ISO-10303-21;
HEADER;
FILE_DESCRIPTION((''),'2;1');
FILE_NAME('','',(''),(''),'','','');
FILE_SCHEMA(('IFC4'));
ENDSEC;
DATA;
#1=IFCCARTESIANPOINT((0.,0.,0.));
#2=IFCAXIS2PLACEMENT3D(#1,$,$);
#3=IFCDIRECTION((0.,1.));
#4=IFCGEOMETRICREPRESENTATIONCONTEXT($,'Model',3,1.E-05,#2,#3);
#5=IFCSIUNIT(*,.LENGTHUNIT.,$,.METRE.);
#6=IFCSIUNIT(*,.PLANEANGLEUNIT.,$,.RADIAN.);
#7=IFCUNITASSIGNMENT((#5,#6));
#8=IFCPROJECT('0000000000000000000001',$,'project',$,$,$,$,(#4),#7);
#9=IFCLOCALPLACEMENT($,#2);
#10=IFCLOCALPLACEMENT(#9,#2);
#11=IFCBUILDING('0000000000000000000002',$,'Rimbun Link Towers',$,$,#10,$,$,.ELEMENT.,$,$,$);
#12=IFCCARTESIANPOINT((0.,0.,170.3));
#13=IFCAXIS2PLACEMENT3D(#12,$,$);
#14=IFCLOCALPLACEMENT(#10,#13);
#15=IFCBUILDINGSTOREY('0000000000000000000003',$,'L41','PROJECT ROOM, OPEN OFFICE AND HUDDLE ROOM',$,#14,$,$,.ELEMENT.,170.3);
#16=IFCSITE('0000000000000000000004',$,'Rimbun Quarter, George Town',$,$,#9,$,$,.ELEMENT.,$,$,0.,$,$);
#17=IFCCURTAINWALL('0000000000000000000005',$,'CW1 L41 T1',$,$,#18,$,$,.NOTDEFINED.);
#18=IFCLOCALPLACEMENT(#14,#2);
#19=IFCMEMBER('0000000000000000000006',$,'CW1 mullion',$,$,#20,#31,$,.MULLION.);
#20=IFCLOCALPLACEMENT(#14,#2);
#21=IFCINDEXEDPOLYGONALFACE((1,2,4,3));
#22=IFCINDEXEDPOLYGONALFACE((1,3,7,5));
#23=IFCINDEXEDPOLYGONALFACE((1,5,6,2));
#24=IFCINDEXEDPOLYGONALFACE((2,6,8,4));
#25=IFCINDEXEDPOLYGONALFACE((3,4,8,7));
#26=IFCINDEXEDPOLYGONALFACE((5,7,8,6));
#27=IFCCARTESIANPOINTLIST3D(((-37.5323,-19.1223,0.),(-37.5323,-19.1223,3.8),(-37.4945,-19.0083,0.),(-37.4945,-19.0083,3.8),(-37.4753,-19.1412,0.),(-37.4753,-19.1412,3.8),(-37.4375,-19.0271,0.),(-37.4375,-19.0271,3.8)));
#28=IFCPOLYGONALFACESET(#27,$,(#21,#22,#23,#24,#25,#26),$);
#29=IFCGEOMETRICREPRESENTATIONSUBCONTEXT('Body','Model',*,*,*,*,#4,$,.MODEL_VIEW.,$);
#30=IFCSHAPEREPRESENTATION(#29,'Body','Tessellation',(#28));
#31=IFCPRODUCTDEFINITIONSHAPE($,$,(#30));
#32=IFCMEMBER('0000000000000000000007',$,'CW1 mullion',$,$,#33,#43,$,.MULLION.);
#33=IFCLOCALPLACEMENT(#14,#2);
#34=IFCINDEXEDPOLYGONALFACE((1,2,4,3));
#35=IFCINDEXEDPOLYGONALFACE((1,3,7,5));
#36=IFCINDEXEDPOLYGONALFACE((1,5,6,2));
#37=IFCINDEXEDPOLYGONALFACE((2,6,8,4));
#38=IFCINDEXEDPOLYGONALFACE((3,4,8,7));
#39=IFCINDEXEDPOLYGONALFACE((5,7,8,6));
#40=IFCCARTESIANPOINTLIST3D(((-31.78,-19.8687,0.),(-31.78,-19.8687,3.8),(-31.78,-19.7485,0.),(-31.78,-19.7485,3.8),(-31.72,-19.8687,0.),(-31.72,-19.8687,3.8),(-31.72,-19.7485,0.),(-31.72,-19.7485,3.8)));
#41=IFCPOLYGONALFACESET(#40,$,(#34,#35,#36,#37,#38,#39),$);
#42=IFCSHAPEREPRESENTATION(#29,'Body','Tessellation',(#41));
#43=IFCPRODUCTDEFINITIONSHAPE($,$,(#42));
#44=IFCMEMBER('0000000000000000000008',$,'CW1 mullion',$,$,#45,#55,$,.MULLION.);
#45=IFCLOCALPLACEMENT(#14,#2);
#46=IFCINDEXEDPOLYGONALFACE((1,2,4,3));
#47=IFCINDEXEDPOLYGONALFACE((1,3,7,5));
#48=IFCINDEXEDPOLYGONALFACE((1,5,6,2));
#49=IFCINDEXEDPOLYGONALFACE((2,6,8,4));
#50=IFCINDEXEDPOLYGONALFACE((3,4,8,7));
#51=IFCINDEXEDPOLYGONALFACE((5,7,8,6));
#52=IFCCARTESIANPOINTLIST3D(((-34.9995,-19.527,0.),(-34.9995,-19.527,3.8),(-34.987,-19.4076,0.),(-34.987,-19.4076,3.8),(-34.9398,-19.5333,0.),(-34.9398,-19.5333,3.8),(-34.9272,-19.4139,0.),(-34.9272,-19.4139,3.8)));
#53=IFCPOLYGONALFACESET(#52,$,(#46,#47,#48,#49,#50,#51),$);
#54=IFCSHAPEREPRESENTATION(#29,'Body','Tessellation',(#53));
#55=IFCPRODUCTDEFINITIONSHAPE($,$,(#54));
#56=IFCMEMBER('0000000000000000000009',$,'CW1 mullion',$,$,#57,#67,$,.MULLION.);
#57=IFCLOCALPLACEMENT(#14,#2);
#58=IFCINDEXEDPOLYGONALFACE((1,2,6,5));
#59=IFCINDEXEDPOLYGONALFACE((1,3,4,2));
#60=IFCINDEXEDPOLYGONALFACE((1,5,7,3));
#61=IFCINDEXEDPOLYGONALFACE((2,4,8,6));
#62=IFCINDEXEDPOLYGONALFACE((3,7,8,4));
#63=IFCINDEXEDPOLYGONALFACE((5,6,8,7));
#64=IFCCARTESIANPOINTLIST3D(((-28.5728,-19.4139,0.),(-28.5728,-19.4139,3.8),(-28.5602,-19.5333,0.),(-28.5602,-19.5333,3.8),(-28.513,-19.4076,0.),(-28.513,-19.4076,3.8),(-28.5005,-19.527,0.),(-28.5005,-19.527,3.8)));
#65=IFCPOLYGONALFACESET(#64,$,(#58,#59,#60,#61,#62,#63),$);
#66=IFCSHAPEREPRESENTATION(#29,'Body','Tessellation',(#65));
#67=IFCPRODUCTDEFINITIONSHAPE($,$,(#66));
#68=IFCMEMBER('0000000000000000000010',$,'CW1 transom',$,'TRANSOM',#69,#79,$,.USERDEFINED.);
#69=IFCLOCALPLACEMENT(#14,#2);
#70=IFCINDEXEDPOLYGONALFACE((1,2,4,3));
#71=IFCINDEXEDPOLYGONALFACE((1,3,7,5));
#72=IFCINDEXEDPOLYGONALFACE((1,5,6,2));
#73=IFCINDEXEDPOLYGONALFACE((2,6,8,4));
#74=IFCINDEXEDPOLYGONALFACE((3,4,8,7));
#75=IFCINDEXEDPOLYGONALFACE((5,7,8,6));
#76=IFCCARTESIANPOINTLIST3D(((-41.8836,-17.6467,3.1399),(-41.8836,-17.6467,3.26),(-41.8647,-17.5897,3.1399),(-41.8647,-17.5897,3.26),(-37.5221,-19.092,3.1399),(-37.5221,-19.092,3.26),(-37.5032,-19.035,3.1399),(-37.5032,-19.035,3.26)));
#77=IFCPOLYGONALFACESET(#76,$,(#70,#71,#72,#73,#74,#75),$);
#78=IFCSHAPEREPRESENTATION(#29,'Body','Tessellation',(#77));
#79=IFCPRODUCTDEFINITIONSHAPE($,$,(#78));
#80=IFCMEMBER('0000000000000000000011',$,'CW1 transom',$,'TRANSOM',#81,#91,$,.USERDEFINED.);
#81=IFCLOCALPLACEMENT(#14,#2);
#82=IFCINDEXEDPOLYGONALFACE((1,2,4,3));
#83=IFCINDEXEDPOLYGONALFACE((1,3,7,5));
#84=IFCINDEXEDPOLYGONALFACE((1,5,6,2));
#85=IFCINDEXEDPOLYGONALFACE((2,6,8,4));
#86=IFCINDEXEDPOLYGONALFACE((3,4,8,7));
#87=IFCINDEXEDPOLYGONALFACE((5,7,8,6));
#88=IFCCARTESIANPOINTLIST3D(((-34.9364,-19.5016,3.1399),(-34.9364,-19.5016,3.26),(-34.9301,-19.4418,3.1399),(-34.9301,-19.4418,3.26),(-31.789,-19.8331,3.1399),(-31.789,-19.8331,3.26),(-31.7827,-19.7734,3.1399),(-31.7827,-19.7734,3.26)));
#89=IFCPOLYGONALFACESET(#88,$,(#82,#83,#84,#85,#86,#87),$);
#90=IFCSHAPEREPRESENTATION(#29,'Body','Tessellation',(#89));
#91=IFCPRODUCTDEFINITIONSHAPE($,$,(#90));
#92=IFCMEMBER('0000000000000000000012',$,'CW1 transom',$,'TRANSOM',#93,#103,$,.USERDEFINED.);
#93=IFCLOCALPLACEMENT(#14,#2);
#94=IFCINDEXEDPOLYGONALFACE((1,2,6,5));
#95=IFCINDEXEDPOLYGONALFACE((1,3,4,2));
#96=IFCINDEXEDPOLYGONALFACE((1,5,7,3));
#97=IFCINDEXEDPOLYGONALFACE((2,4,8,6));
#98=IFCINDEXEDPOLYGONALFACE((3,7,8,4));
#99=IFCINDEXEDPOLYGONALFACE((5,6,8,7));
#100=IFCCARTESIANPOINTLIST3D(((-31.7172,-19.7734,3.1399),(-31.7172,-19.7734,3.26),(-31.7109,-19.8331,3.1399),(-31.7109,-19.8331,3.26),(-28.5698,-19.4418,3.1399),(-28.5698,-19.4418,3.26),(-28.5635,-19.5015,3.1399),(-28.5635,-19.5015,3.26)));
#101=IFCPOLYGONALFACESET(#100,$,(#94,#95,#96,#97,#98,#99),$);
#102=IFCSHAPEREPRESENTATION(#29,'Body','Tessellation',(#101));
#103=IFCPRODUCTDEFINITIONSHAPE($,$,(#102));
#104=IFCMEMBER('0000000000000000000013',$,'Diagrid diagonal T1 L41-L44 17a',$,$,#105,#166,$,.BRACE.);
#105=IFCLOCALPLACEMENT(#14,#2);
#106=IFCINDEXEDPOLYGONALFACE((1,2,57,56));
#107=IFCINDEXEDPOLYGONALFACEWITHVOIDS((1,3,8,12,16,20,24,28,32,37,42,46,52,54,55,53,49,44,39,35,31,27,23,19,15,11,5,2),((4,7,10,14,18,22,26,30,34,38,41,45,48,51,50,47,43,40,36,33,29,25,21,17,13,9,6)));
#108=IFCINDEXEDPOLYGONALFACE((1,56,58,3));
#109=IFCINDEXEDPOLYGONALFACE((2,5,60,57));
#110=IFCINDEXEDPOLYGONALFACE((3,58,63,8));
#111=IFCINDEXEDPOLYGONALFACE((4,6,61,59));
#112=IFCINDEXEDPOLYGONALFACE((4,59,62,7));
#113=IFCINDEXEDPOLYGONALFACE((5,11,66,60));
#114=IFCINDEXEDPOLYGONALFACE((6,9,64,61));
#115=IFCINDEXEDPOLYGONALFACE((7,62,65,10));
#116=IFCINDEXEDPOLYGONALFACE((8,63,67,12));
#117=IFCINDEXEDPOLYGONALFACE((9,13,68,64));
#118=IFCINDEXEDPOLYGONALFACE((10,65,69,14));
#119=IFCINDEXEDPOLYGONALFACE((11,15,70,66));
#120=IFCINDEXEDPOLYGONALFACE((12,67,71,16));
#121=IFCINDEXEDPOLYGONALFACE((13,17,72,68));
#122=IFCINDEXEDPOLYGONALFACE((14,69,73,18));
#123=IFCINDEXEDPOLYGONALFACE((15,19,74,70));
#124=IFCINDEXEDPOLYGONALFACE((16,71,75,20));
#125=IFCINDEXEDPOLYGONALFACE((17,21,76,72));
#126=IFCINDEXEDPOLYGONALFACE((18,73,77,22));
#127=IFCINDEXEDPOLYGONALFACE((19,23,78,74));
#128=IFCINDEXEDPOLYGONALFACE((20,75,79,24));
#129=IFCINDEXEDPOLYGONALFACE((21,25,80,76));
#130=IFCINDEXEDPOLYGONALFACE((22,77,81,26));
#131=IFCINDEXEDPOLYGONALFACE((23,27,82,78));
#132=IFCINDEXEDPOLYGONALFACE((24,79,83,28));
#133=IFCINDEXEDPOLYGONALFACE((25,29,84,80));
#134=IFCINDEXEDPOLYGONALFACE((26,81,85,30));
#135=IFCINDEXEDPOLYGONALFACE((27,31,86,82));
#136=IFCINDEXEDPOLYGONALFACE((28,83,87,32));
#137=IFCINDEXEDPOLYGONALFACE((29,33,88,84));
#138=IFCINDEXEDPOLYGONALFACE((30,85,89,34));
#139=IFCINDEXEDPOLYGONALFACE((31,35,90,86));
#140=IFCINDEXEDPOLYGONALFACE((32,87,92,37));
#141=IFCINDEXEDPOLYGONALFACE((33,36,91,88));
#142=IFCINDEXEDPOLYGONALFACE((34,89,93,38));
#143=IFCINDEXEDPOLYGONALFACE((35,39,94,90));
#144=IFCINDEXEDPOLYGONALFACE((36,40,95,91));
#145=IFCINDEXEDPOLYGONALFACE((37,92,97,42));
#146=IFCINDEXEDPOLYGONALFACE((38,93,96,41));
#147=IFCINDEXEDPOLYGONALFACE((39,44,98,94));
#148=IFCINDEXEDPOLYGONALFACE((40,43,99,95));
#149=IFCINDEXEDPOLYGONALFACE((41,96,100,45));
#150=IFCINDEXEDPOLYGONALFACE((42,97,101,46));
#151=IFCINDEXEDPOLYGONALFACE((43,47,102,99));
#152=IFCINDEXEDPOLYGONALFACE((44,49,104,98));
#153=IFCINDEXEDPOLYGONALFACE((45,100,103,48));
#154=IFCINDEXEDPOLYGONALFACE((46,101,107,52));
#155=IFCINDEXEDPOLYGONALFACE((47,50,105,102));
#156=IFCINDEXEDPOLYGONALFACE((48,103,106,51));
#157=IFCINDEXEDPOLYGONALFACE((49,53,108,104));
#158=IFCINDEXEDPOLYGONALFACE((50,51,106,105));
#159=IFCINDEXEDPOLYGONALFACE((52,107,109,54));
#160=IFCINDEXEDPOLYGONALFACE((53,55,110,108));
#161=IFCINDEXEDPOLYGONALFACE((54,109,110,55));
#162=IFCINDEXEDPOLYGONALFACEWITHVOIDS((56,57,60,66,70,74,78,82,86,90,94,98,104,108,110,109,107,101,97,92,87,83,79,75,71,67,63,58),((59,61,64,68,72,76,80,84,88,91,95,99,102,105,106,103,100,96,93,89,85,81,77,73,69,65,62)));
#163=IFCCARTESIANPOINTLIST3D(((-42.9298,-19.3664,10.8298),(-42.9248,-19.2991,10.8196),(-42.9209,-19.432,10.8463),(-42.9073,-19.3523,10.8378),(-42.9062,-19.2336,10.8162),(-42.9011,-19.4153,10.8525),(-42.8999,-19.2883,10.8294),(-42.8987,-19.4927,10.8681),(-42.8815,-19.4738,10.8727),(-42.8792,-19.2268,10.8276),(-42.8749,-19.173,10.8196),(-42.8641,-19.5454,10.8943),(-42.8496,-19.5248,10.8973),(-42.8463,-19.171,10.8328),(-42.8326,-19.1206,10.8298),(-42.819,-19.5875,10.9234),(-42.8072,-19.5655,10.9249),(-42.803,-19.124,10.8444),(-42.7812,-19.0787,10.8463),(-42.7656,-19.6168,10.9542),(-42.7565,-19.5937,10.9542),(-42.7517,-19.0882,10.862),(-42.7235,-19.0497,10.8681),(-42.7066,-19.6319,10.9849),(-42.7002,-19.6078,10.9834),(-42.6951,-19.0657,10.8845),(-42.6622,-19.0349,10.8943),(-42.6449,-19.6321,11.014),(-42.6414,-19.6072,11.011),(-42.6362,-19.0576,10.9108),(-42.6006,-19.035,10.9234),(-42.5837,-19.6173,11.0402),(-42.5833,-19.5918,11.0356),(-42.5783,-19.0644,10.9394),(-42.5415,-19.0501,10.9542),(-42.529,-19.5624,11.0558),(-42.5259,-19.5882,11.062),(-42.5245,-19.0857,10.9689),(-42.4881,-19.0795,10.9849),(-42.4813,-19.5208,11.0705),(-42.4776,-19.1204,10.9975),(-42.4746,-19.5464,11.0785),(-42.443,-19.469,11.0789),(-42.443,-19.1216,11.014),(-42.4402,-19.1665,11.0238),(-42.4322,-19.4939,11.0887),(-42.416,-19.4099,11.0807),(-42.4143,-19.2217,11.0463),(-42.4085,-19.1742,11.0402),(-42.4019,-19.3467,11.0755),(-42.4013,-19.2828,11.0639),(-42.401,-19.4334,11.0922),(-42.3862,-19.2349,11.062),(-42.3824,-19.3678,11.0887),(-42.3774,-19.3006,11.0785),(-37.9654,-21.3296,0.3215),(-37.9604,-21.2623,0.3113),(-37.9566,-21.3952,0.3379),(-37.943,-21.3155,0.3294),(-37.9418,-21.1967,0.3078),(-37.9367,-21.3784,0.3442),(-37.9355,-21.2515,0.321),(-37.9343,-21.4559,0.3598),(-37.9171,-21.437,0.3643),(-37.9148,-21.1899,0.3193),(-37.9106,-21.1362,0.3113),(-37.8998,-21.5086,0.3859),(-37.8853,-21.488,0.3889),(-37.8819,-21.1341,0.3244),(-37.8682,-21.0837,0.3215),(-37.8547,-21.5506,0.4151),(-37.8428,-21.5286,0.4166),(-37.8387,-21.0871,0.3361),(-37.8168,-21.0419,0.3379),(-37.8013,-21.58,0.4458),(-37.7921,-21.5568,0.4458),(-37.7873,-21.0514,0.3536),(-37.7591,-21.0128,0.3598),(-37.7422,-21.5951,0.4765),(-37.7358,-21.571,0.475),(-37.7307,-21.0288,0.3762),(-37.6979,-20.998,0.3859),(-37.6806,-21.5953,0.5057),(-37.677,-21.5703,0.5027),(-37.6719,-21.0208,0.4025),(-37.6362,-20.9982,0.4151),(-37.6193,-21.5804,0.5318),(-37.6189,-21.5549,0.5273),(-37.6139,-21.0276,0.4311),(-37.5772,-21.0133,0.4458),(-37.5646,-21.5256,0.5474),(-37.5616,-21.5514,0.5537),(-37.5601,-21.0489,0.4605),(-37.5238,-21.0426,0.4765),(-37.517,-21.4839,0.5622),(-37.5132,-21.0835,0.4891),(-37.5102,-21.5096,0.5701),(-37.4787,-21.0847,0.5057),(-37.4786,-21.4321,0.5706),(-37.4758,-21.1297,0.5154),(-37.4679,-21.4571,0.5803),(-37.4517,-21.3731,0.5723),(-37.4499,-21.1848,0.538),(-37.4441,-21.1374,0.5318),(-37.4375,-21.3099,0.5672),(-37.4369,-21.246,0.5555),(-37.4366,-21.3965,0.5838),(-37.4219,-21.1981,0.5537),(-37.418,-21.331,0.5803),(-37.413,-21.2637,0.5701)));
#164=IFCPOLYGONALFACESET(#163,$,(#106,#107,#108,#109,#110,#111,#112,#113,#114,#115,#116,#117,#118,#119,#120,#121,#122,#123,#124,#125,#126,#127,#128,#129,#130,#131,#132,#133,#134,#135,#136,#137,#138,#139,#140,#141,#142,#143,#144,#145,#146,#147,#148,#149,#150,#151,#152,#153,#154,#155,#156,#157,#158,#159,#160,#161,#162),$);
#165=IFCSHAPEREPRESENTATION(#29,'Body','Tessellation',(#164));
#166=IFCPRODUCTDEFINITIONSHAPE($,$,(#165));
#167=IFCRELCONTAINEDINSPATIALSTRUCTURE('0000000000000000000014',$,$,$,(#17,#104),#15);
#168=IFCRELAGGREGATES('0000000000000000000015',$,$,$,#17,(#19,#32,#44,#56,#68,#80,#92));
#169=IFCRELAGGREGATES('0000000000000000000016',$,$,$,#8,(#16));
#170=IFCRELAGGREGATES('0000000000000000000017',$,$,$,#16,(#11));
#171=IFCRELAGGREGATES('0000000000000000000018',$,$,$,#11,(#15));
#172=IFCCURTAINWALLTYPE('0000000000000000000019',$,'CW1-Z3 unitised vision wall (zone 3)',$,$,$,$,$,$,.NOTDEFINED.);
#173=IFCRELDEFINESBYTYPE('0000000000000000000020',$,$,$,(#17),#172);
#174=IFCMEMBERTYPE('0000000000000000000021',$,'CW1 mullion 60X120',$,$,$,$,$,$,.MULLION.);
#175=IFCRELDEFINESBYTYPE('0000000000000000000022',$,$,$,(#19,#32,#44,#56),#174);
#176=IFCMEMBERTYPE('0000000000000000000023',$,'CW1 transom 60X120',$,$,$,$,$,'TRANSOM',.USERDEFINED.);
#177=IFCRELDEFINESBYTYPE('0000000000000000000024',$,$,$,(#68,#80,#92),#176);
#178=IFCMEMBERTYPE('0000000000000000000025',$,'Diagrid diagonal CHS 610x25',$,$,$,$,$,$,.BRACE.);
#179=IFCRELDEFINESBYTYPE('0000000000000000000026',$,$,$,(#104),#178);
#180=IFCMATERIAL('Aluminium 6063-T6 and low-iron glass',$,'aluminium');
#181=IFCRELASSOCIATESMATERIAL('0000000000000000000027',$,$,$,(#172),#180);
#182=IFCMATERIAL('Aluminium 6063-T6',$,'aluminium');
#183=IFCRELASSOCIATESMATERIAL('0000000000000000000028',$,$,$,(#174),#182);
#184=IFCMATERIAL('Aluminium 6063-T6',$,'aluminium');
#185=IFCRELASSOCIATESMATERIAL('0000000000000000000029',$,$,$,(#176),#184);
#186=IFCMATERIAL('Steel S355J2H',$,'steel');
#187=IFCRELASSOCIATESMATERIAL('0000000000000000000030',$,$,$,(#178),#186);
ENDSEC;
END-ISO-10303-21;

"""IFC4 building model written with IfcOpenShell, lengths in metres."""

from ifc_helpers import new_model, si_unit, direction, frame, origin, origin_2d, place, context, subcontext, project, spatial, rectangle, hollow_circle, extrude, material, material_profile, profile_set, type_object, element, aggregate, save


model = new_model("IFC4")

# Units and contexts
model_context = context("Model", 3, precision=1e-05, world=origin(), true_north=direction((0.0, 1.0)))
body_context = subcontext(model_context, "Body", "Model", "MODEL_VIEW")
ifc_project = project(units=[si_unit("LENGTHUNIT", "METRE"), si_unit("PLANEANGLEUNIT", "RADIAN")], contexts=[model_context])

# Site, building, storey
site_placement = place(None, origin())
site = spatial("IfcSite", under=ifc_project, at=site_placement, Name="Rimbun Quarter, George Town", CompositionType="ELEMENT", RefElevation=0.0)
building_placement = place(site_placement, origin())
building = spatial("IfcBuilding", under=site, at=building_placement, Name="Rimbun Link Towers", CompositionType="ELEMENT")
storey_placement = place(building_placement, frame((0.0, 0.0, 170.3)))
storey = spatial("IfcBuildingStorey", under=building, at=storey_placement, Name="L41", Description="PROJECT ROOM, OPEN OFFICE AND HUDDLE ROOM", CompositionType="ELEMENT", Elevation=170.3)

# Curtain wall, members
ifc_material_1 = material(Name="Aluminium 6063-T6 and low-iron glass", Category="aluminium")
curtain_wall_type = type_object("IfcCurtainWallType", Name="CW1-Z3 unitised vision wall (zone 3)", PredefinedType="NOTDEFINED", material=ifc_material_1)
curtain_wall_placement = place(storey_placement, origin())
curtain_wall = element("IfcCurtainWall", 1, at=curtain_wall_placement, inside=storey, type_object=curtain_wall_type, Name="CW1 L41 T1", PredefinedType="NOTDEFINED")
ifc_material_2 = material(Name="Aluminium 6063-T6", Category="aluminium")
ifc_material_profile_1 = material_profile(ifc_material_2, rectangle(XDim=0.1201, YDim=0.0601, at=origin_2d()), Name="MULLION 60X120")
ifc_profile_set_1 = profile_set([ifc_material_profile_1], Name="Aluminium 6063-T6")
member_type_1 = type_object("IfcMemberType", Name="CW1 mullion 60X120", PredefinedType="MULLION", material=ifc_profile_set_1)
member_1_placement = place(storey_placement, frame((-37.4849, -19.0747, 0.0), z_axis=(0.0, 0.0, 1.0), x_axis=(-0.31456, -0.949237, 0.0)))
member_1 = element("IfcMember", 2, at=member_1_placement, type_object=member_type_1, Name="CW1 mullion", PredefinedType="MULLION", context=body_context, shape_type="SweptSolid", body=[
    extrude(rectangle(XDim=0.1201, YDim=0.0601, at=origin_2d()), origin(), (0.0, 0.0, 1.0), 3.8),
])
member_2_placement = place(storey_placement, frame((-31.75, -19.8086, 0.0), z_axis=(0.0, 0.0, 1.0), x_axis=(0.0, -1.0, 0.0)))
member_2 = element("IfcMember", 3, at=member_2_placement, type_object=member_type_1, Name="CW1 mullion", PredefinedType="MULLION", context=body_context, shape_type="SweptSolid", body=[
    extrude(rectangle(XDim=0.1201, YDim=0.0601, at=origin_2d()), origin(), (0.0, 0.0, 1.0), 3.8),
])
member_3_placement = place(storey_placement, frame((-34.9634, -19.4705, 0.0), z_axis=(0.0, 0.0, 1.0), x_axis=(-0.104737, -0.9945, 0.0)))
member_3 = element("IfcMember", 4, at=member_3_placement, type_object=member_type_1, Name="CW1 mullion", PredefinedType="MULLION", context=body_context, shape_type="SweptSolid", body=[
    extrude(rectangle(XDim=0.1201, YDim=0.0601, at=origin_2d()), origin(), (0.0, 0.0, 1.0), 3.8),
])
member_4_placement = place(storey_placement, frame((-28.5366, -19.4705, 0.0), z_axis=(0.0, 0.0, 1.0), x_axis=(0.104737, -0.9945, 0.0)))
member_4 = element("IfcMember", 5, at=member_4_placement, type_object=member_type_1, Name="CW1 mullion", PredefinedType="MULLION", context=body_context, shape_type="SweptSolid", body=[
    extrude(rectangle(XDim=0.1201, YDim=0.0601, at=origin_2d()), origin(), (0.0, 0.0, 1.0), 3.8),
])
ifc_material_3 = material(Name="Aluminium 6063-T6", Category="aluminium")
ifc_material_profile_2 = material_profile(ifc_material_3, rectangle(XDim=0.0601, YDim=0.1201, at=origin_2d()), Name="TRANSOM 60X120")
ifc_profile_set_2 = profile_set([ifc_material_profile_2], Name="Aluminium 6063-T6")
member_type_2 = type_object("IfcMemberType", Name="CW1 transom 60X120", ElementType="TRANSOM", PredefinedType="USERDEFINED", material=ifc_profile_set_2)
member_5_placement = place(storey_placement, frame((-37.5127, -19.0635, 3.2), z_axis=(-0.94924, 0.314554, 0.0), x_axis=(-0.314554, -0.94924, 0.0)))
member_5 = element("IfcMember", 6, at=member_5_placement, type_object=member_type_2, Name="CW1 transom", ObjectType="TRANSOM", PredefinedType="USERDEFINED", context=body_context, shape_type="SweptSolid", body=[
    extrude(rectangle(XDim=0.0601, YDim=0.1201, at=origin_2d()), origin(), (0.0, 0.0, 1.0), 4.5947),
])
member_6_placement = place(storey_placement, frame((-31.7859, -19.8032, 3.2), z_axis=(-0.994498, 0.104757, 0.0), x_axis=(-0.104757, -0.994498, 0.0)))
member_6 = element("IfcMember", 7, at=member_6_placement, type_object=member_type_2, Name="CW1 transom", ObjectType="TRANSOM", PredefinedType="USERDEFINED", context=body_context, shape_type="SweptSolid", body=[
    extrude(rectangle(XDim=0.0601, YDim=0.1201, at=origin_2d()), origin(), (0.0, 0.0, 1.0), 3.1648),
])
member_7_placement = place(storey_placement, frame((-28.5667, -19.4717, 3.2), z_axis=(-0.994498, -0.104757, 0.0), x_axis=(0.104757, -0.994498, 0.0)))
member_7 = element("IfcMember", 8, at=member_7_placement, type_object=member_type_2, Name="CW1 transom", ObjectType="TRANSOM", PredefinedType="USERDEFINED", context=body_context, shape_type="SweptSolid", body=[
    extrude(rectangle(XDim=0.0601, YDim=0.1201, at=origin_2d()), origin(), (0.0, 0.0, 1.0), 3.1648),
])

# Member
ifc_material_4 = material(Name="Steel S355J2H", Category="steel")
ifc_material_profile_3 = material_profile(ifc_material_4, hollow_circle(Radius=0.3047, WallThickness=0.0249, at=origin_2d()), Name="Diagrid diagonal CHS 610x25")
ifc_profile_set_3 = profile_set([ifc_material_profile_3], Name="Steel S355J2H")
member_type_3 = type_object("IfcMemberType", Name="Diagrid diagonal CHS 610x25", PredefinedType="BRACE", material=ifc_profile_set_3)
member_8_placement = place(storey_placement, frame((-37.6892, -21.2966, 0.4458), z_axis=(-0.421188, 0.166557, 0.891549), x_axis=(-0.367737, -0.92993, 0.0)))
element("IfcMember", 9, at=member_8_placement, inside=storey, type_object=member_type_3, Name="Diagrid diagonal T1 L41-L44 17a", PredefinedType="BRACE", context=body_context, shape_type="SweptSolid", body=[
    extrude(hollow_circle(Radius=0.3047, WallThickness=0.0249, at=origin_2d()), origin(), (0.0, 0.0, 1.0), 11.7866),
])

aggregate(curtain_wall, [member_1, member_2, member_3, member_4, member_5, member_6, member_7])

save(model, "model.ifc")
